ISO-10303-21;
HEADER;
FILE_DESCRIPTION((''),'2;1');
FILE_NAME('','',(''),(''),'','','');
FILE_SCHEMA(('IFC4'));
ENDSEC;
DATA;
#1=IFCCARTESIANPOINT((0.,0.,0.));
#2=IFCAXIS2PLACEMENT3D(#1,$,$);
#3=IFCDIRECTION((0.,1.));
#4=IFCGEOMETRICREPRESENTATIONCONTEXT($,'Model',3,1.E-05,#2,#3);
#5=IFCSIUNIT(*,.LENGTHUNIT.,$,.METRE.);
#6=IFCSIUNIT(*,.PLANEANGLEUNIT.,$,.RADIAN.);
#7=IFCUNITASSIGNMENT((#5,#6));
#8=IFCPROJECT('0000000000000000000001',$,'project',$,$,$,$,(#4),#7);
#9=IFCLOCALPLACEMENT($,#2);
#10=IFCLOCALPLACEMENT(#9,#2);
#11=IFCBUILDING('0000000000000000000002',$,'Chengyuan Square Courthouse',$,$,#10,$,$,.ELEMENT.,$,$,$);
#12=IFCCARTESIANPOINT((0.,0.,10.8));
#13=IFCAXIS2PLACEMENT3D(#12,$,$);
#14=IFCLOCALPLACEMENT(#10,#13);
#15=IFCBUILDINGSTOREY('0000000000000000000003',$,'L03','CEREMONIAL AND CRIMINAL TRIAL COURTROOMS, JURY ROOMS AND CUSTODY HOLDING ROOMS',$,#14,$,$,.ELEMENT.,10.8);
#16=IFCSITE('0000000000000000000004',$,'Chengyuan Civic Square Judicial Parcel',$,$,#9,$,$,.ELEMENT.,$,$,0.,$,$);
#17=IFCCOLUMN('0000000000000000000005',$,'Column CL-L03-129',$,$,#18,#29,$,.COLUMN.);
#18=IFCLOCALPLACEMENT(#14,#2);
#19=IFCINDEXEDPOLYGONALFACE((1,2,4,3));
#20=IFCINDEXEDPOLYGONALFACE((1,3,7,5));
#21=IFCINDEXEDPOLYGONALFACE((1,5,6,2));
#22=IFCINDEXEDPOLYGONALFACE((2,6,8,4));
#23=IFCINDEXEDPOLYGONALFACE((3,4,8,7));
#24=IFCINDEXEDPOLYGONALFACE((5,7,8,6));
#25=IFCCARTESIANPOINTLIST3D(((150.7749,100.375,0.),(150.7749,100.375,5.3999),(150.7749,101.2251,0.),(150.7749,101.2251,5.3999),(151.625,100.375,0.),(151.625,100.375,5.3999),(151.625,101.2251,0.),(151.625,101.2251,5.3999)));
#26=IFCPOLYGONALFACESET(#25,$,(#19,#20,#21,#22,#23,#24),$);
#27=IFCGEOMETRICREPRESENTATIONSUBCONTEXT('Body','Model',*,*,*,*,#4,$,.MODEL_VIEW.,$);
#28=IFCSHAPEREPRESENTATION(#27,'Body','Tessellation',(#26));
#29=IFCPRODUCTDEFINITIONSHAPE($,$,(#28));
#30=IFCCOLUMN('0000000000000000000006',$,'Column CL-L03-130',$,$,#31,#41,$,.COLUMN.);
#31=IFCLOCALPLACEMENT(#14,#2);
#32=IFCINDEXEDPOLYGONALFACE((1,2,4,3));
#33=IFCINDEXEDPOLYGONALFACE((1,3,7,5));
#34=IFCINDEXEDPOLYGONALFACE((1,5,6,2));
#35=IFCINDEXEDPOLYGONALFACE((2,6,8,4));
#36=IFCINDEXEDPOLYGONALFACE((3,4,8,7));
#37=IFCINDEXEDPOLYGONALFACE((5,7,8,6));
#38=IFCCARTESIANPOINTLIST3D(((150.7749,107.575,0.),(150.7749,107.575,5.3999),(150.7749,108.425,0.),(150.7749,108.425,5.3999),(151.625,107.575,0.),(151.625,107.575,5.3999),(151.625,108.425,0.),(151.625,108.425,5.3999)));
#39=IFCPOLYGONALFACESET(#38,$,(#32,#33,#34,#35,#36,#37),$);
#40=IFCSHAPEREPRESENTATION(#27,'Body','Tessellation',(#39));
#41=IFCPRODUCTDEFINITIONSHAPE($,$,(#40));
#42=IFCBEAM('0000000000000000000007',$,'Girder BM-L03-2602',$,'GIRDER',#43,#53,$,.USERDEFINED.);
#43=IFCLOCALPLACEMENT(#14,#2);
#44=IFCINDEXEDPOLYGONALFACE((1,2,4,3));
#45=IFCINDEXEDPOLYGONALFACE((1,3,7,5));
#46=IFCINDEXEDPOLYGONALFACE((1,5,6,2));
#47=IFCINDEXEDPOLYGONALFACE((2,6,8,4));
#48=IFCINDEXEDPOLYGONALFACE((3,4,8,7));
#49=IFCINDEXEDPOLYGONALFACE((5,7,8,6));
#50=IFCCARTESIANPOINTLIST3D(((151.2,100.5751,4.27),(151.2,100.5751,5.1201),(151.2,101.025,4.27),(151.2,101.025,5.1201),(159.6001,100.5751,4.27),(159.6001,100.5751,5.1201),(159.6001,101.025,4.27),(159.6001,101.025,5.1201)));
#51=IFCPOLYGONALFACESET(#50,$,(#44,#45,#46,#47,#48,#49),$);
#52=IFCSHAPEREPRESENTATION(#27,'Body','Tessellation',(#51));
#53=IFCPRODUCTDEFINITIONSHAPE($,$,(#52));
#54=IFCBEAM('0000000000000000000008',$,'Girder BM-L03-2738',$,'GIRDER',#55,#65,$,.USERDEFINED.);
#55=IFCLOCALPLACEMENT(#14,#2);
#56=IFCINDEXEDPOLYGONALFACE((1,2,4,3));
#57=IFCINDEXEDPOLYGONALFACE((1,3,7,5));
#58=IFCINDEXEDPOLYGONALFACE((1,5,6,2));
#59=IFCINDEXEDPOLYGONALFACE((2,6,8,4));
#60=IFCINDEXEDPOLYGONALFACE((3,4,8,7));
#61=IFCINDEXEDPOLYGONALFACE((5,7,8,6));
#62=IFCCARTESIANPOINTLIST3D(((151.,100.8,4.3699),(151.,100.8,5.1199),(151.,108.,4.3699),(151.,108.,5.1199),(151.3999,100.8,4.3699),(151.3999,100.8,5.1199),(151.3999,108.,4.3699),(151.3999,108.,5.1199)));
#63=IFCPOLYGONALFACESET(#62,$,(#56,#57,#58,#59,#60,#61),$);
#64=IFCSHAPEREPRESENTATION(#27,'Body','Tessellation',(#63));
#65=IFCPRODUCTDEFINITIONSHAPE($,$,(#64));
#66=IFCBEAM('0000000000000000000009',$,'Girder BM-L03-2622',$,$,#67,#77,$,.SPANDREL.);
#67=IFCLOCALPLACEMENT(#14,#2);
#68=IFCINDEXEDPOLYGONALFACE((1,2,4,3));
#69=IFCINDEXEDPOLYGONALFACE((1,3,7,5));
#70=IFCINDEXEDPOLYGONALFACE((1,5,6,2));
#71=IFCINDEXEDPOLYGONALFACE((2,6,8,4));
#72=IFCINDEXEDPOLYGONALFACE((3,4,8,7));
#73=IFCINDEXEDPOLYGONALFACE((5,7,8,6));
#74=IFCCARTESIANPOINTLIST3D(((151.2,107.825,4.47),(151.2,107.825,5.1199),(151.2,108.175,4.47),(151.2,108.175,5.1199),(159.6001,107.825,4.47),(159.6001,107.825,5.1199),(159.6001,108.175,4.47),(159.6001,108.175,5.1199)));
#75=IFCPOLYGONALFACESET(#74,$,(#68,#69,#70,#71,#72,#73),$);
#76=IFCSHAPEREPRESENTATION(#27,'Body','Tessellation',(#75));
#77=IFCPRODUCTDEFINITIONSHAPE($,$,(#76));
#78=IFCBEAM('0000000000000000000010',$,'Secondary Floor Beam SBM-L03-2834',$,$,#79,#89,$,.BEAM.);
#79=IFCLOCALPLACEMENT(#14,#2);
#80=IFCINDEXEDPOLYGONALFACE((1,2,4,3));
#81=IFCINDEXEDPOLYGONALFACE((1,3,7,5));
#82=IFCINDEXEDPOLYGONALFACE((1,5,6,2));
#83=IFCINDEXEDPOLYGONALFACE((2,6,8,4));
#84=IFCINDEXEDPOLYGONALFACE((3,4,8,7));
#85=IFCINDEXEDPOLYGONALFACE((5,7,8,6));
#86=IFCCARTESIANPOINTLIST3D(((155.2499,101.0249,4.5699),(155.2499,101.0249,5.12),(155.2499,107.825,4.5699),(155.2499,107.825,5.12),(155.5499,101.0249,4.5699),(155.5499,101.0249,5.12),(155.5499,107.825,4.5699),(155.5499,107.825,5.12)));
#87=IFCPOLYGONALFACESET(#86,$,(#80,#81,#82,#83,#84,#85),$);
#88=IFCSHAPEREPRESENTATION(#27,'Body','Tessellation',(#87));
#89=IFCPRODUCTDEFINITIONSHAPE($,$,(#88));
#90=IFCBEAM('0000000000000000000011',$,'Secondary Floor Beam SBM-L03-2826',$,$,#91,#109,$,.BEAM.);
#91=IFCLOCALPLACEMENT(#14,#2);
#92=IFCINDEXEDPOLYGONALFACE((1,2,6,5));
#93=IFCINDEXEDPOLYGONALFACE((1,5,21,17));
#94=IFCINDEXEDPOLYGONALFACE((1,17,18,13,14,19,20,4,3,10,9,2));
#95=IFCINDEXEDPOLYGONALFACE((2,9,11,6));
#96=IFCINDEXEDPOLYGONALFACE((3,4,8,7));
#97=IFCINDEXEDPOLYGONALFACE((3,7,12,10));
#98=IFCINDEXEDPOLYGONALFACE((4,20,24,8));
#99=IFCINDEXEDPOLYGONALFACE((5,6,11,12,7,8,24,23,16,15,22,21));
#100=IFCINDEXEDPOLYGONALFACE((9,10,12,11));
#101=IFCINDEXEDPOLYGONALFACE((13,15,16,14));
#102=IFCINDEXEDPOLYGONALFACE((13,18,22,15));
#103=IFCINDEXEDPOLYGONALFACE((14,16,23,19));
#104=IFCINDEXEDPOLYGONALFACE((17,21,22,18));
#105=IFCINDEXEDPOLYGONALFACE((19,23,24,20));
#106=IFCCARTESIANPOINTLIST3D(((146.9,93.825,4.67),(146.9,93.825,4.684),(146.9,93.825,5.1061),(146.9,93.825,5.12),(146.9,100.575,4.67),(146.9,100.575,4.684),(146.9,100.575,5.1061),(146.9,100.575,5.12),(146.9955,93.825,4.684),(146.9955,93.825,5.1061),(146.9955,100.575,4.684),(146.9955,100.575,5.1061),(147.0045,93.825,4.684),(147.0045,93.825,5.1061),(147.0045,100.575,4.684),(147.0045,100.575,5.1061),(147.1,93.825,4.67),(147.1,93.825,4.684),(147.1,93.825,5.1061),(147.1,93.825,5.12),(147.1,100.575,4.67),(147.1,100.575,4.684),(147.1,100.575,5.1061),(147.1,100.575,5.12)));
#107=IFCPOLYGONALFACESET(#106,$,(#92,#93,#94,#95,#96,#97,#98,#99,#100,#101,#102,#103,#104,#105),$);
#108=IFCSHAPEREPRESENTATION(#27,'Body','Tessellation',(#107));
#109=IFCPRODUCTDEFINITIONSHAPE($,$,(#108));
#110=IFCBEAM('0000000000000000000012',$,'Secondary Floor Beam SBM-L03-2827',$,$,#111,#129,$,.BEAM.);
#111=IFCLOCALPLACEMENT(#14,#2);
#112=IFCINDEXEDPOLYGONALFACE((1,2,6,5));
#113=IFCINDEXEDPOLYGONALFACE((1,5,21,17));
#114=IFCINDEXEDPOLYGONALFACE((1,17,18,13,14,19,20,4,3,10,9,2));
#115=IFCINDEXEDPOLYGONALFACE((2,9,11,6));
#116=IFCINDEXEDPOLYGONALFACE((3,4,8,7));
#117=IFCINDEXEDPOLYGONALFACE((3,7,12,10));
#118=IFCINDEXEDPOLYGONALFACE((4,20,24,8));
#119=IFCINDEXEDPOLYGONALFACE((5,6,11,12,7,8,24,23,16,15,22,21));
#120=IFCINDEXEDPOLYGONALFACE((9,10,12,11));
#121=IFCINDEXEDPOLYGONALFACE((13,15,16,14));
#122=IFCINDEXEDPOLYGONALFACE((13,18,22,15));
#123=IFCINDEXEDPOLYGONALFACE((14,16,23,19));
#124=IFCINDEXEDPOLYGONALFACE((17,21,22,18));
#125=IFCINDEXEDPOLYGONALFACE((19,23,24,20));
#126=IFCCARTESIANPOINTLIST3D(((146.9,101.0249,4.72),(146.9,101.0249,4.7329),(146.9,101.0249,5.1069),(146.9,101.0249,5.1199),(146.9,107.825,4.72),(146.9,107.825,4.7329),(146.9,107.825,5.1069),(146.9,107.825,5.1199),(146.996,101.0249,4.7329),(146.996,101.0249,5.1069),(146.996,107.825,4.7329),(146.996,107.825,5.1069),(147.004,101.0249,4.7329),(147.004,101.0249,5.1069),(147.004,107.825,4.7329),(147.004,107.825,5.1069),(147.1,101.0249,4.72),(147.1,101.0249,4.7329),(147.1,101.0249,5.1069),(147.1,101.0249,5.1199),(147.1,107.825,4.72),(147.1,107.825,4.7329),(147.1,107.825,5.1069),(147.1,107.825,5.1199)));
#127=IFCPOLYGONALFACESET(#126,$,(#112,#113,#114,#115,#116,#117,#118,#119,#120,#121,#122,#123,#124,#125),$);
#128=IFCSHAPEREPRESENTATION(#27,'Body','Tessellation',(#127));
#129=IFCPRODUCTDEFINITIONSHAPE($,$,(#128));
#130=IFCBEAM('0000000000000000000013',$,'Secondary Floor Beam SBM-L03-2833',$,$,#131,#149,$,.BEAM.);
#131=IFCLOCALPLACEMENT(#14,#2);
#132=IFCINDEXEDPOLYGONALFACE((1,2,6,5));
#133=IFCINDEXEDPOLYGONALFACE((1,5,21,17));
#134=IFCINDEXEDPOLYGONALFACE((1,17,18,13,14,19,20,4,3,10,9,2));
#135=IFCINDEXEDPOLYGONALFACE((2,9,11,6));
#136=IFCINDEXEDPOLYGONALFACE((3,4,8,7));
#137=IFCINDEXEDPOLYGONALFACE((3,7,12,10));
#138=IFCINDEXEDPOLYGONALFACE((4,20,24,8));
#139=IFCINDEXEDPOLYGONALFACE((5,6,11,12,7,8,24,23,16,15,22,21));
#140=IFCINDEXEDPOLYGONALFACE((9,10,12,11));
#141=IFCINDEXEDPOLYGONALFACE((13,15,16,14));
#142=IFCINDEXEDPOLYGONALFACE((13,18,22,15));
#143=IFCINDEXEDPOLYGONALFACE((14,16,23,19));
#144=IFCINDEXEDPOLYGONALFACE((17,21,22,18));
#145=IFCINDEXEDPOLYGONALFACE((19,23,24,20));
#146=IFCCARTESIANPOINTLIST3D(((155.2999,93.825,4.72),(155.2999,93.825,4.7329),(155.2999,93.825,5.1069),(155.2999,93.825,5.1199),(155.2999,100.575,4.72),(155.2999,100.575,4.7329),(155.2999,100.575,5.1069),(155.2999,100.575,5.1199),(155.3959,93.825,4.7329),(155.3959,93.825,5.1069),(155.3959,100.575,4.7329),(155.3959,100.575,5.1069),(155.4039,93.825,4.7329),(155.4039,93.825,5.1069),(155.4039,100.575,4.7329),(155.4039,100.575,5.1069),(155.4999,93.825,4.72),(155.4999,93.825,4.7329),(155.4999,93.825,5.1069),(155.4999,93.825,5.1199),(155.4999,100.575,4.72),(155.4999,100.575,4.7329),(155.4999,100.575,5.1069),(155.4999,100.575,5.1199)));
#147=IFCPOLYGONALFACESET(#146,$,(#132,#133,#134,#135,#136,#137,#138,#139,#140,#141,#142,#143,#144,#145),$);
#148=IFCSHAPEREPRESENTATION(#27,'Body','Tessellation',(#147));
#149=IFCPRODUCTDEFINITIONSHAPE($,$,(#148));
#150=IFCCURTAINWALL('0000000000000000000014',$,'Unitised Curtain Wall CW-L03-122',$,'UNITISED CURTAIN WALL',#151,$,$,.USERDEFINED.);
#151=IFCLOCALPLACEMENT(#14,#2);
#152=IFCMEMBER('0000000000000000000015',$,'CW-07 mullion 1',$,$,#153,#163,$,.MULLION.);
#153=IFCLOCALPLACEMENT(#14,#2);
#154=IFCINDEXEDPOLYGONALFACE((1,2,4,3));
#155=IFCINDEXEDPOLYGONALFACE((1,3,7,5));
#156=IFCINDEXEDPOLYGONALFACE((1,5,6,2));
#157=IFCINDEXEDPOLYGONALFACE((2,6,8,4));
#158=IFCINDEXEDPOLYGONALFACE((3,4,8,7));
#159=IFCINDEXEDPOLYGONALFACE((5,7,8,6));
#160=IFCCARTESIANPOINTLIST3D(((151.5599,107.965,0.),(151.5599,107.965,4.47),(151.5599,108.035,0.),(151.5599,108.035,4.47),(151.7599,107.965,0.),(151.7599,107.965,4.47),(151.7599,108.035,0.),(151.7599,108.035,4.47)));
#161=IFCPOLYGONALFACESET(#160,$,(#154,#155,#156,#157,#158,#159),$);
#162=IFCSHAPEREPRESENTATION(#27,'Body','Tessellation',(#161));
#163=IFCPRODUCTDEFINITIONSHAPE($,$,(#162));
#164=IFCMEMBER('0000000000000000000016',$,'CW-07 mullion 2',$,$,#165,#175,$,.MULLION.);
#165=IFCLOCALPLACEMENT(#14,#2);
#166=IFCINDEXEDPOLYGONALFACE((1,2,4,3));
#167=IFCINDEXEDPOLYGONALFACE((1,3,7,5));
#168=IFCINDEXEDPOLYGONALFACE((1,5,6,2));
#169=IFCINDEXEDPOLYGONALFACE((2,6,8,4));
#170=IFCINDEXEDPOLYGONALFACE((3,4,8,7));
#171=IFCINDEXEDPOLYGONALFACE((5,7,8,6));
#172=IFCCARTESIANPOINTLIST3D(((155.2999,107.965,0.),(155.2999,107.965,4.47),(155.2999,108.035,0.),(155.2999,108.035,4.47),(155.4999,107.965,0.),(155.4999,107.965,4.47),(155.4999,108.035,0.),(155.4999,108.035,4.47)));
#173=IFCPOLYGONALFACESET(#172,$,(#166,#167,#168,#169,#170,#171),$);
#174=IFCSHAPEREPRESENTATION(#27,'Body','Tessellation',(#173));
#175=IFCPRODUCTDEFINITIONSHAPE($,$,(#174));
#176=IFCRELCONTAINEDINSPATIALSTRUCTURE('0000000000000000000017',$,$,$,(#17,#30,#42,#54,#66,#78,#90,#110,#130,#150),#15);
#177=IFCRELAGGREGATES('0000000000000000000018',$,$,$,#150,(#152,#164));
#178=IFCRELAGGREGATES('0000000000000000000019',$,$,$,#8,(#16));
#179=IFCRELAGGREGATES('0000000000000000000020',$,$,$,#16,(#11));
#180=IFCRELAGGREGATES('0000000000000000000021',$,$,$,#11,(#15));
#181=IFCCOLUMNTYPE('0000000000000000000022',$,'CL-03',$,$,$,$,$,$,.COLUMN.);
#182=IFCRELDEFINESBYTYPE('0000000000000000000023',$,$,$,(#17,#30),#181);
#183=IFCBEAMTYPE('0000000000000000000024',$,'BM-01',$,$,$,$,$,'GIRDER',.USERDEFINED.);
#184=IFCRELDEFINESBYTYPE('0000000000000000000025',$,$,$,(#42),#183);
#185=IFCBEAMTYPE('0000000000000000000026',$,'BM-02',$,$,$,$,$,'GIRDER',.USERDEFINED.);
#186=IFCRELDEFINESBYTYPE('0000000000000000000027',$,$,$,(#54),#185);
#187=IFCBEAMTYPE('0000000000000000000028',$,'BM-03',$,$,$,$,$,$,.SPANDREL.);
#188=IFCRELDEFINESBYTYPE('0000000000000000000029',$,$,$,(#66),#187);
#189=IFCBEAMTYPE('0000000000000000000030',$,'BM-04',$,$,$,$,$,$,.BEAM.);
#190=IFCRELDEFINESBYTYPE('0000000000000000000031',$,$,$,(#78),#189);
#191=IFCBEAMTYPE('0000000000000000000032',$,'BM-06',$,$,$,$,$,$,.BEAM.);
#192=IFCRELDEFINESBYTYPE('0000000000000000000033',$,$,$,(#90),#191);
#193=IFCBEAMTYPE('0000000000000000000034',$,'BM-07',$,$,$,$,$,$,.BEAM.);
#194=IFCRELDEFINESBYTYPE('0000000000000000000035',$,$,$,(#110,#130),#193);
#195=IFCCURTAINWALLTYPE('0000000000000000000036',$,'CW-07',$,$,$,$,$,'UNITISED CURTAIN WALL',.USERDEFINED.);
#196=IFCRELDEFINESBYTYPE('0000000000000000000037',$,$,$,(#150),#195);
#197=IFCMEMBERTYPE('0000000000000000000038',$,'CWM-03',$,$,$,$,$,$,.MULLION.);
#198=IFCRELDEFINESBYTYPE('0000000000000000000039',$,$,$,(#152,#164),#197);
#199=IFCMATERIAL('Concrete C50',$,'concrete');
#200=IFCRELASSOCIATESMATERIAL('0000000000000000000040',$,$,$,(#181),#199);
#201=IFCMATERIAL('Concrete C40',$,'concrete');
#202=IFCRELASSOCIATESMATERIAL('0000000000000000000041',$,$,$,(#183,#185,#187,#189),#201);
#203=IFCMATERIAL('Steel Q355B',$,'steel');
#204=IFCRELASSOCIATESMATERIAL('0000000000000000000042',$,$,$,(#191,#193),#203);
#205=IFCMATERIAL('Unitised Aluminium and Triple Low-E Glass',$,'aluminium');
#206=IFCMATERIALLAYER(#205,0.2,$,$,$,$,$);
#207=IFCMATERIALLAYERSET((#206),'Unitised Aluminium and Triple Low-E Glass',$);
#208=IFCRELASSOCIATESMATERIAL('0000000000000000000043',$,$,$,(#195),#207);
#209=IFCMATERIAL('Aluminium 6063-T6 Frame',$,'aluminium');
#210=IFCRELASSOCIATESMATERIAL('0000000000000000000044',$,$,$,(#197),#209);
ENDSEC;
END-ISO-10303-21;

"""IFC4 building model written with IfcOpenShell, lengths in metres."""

from ifc_helpers import new_model, si_unit, direction, frame, origin, origin_2d, place, context, subcontext, project, spatial, rectangle, i_section, extrude, material, layer, layer_set, material_profile, profile_set, type_object, element, aggregate, save


model = new_model("IFC4")

# Units and contexts
model_context = context("Model", 3, precision=1e-05, world=origin(), true_north=direction((0.0, 1.0)))
body_context = subcontext(model_context, "Body", "Model", "MODEL_VIEW")
ifc_project = project(units=[si_unit("LENGTHUNIT", "METRE"), si_unit("PLANEANGLEUNIT", "RADIAN")], contexts=[model_context])

# Site, building, storey
site_placement = place(None, origin())
site = spatial("IfcSite", under=ifc_project, at=site_placement, Name="Chengyuan Civic Square Judicial Parcel", CompositionType="ELEMENT", RefElevation=0.0)
building_placement = place(site_placement, origin())
building = spatial("IfcBuilding", under=site, at=building_placement, Name="Chengyuan Square Courthouse", CompositionType="ELEMENT")
storey_placement = place(building_placement, frame((0.0, 0.0, 10.8)))
storey = spatial("IfcBuildingStorey", under=building, at=storey_placement, Name="L03", Description="CEREMONIAL AND CRIMINAL TRIAL COURTROOMS, JURY ROOMS AND CUSTODY HOLDING ROOMS", CompositionType="ELEMENT", Elevation=10.8)

# Columns
ifc_material_1 = material(Name="Concrete C50", Category="concrete")
ifc_material_profile_1 = material_profile(ifc_material_1, rectangle(XDim=0.8501, YDim=0.8501, at=origin_2d()), Name="RC-COL-850x850")
ifc_profile_set_1 = profile_set([ifc_material_profile_1], Name="Concrete C50")
column_type = type_object("IfcColumnType", Name="CL-03", PredefinedType="COLUMN", material=ifc_profile_set_1)
for number, where, z_axis, x_axis, name in (
    (1, (151.2, 100.8, 0.0), (0.0, 0.0, 1.0), (1.0, 0.0, 0.0), "Column CL-L03-129"),
    (2, (151.2, 108.0, 0.0), (0.0, 0.0, 1.0), (1.0, 0.0, 0.0), "Column CL-L03-130"),
):
    element("IfcColumn", number, at=place(storey_placement, frame(where, z_axis=z_axis, x_axis=x_axis)), inside=storey, type_object=column_type, Name=name, PredefinedType="COLUMN", context=body_context, shape_type="SweptSolid", body=[
        extrude(rectangle(XDim=0.8501, YDim=0.8501, at=origin_2d()), origin(), (0.0, 0.0, 1.0), 5.3999),
    ])

# Beams
ifc_material_2 = material(Name="Concrete C40", Category="concrete")
ifc_material_profile_2 = material_profile(ifc_material_2, rectangle(XDim=0.45, YDim=0.8501, at=origin_2d()), Name="RC-BM-450x850")
ifc_profile_set_2 = profile_set([ifc_material_profile_2], Name="Concrete C40")
beam_type_1 = type_object("IfcBeamType", Name="BM-01", ElementType="GIRDER", PredefinedType="USERDEFINED", material=ifc_profile_set_2)
beam_1_placement = place(storey_placement, frame((151.2, 100.8, 4.6951), z_axis=(1.0, 0.0, 0.0), x_axis=(0.0, 1.0, 0.0)))
element("IfcBeam", 3, at=beam_1_placement, inside=storey, type_object=beam_type_1, Name="Girder BM-L03-2602", ObjectType="GIRDER", PredefinedType="USERDEFINED", context=body_context, shape_type="SweptSolid", body=[
    extrude(rectangle(XDim=0.45, YDim=0.8501, at=origin_2d()), origin(), (0.0, 0.0, 1.0), 8.4001),
])
ifc_material_profile_3 = material_profile(ifc_material_2, rectangle(XDim=0.3999, YDim=0.75, at=origin_2d()), Name="RC-BM-400x750")
ifc_profile_set_3 = profile_set([ifc_material_profile_3], Name="Concrete C40")
beam_type_2 = type_object("IfcBeamType", Name="BM-02", ElementType="GIRDER", PredefinedType="USERDEFINED", material=ifc_profile_set_3)
beam_2_placement = place(storey_placement, frame((151.2, 100.8, 4.7449), z_axis=(0.0, 1.0, 0.0), x_axis=(-1.0, 0.0, 0.0)))
element("IfcBeam", 4, at=beam_2_placement, inside=storey, type_object=beam_type_2, Name="Girder BM-L03-2738", ObjectType="GIRDER", PredefinedType="USERDEFINED", context=body_context, shape_type="SweptSolid", body=[
    extrude(rectangle(XDim=0.3999, YDim=0.75, at=origin_2d()), origin(), (0.0, 0.0, 1.0), 7.2),
])
ifc_material_profile_4 = material_profile(ifc_material_2, rectangle(XDim=0.3501, YDim=0.6499, at=origin_2d()), Name="RC-BM-350x650")
ifc_profile_set_4 = profile_set([ifc_material_profile_4], Name="Concrete C40")
beam_type_3 = type_object("IfcBeamType", Name="BM-03", PredefinedType="SPANDREL", material=ifc_profile_set_4)
beam_3_placement = place(storey_placement, frame((151.2, 108.0, 4.7949), z_axis=(1.0, 0.0, 0.0), x_axis=(0.0, 1.0, 0.0)))
element("IfcBeam", 5, at=beam_3_placement, inside=storey, type_object=beam_type_3, Name="Girder BM-L03-2622", PredefinedType="SPANDREL", context=body_context, shape_type="SweptSolid", body=[
    extrude(rectangle(XDim=0.3501, YDim=0.6499, at=origin_2d()), origin(), (0.0, 0.0, 1.0), 8.4001),
])
ifc_material_profile_5 = material_profile(ifc_material_2, rectangle(XDim=0.3, YDim=0.55, at=origin_2d()), Name="RC-BM-300x550")
ifc_profile_set_5 = profile_set([ifc_material_profile_5], Name="Concrete C40")
beam_type_4 = type_object("IfcBeamType", Name="BM-04", PredefinedType="BEAM", material=ifc_profile_set_5)
beam_4_placement = place(storey_placement, frame((155.3999, 101.0249, 4.845), z_axis=(0.0, 1.0, 0.0), x_axis=(-1.0, 0.0, 0.0)))
element("IfcBeam", 6, at=beam_4_placement, inside=storey, type_object=beam_type_4, Name="Secondary Floor Beam SBM-L03-2834", PredefinedType="BEAM", context=body_context, shape_type="SweptSolid", body=[
    extrude(rectangle(XDim=0.3, YDim=0.55, at=origin_2d()), origin(), (0.0, 0.0, 1.0), 6.8),
])
ifc_material_3 = material(Name="Steel Q355B", Category="steel")
ifc_material_profile_6 = material_profile(ifc_material_3, i_section(OverallWidth=0.2, OverallDepth=0.45, WebThickness=0.009, FlangeThickness=0.0139, at=origin_2d()), Name="HN 450x200x9x14")
ifc_profile_set_6 = profile_set([ifc_material_profile_6], Name="Steel Q355B")
beam_type_5 = type_object("IfcBeamType", Name="BM-06", PredefinedType="BEAM", material=ifc_profile_set_6)
beam_5_placement = place(storey_placement, frame((147.0, 93.825, 4.895), z_axis=(0.0, 1.0, 0.0), x_axis=(-1.0, 0.0, 0.0)))
element("IfcBeam", 7, at=beam_5_placement, inside=storey, type_object=beam_type_5, Name="Secondary Floor Beam SBM-L03-2826", PredefinedType="BEAM", context=body_context, shape_type="SweptSolid", body=[
    extrude(i_section(OverallWidth=0.2, OverallDepth=0.45, WebThickness=0.009, FlangeThickness=0.0139, at=origin_2d()), origin(), (0.0, 0.0, 1.0), 6.75),
])
ifc_material_profile_7 = material_profile(ifc_material_3, i_section(OverallWidth=0.2, OverallDepth=0.3999, WebThickness=0.0081, FlangeThickness=0.0129, at=origin_2d()), Name="HN 400x200x8x13")
ifc_profile_set_7 = profile_set([ifc_material_profile_7], Name="Steel Q355B")
beam_type_6 = type_object("IfcBeamType", Name="BM-07", PredefinedType="BEAM", material=ifc_profile_set_7)
beam_6_placement = place(storey_placement, frame((147.0, 101.0249, 4.9199), z_axis=(0.0, 1.0, 0.0), x_axis=(-1.0, 0.0, 0.0)))
element("IfcBeam", 8, at=beam_6_placement, inside=storey, type_object=beam_type_6, Name="Secondary Floor Beam SBM-L03-2827", PredefinedType="BEAM", context=body_context, shape_type="SweptSolid", body=[
    extrude(i_section(OverallWidth=0.2, OverallDepth=0.3999, WebThickness=0.0081, FlangeThickness=0.0129, at=origin_2d()), origin(), (0.0, 0.0, 1.0), 6.8),
])
beam_7_placement = place(storey_placement, frame((155.3999, 93.825, 4.9199), z_axis=(0.0, 1.0, 0.0), x_axis=(-1.0, 0.0, 0.0)))
element("IfcBeam", 9, at=beam_7_placement, inside=storey, type_object=beam_type_6, Name="Secondary Floor Beam SBM-L03-2833", PredefinedType="BEAM", context=body_context, shape_type="SweptSolid", body=[
    extrude(i_section(OverallWidth=0.2, OverallDepth=0.3999, WebThickness=0.0081, FlangeThickness=0.0129, at=origin_2d()), origin(), (0.0, 0.0, 1.0), 6.75),
])

# Curtain wall, members
ifc_material_4 = material(Name="Unitised Aluminium and Triple Low-E Glass", Category="aluminium")
ifc_layer_1 = layer(ifc_material_4, 0.2)
ifc_layer_set_1 = layer_set([ifc_layer_1], Name="Unitised Aluminium and Triple Low-E Glass")
curtain_wall_type = type_object("IfcCurtainWallType", Name="CW-07", ElementType="UNITISED CURTAIN WALL", PredefinedType="USERDEFINED", material=ifc_layer_set_1)
curtain_wall_placement = place(storey_placement, origin())
curtain_wall = element("IfcCurtainWall", 10, at=curtain_wall_placement, inside=storey, type_object=curtain_wall_type, Name="Unitised Curtain Wall CW-L03-122", ObjectType="UNITISED CURTAIN WALL", PredefinedType="USERDEFINED")
ifc_material_5 = material(Name="Aluminium 6063-T6 Frame", Category="aluminium")
ifc_material_profile_8 = material_profile(ifc_material_5, rectangle(XDim=0.0701, YDim=0.2, at=origin_2d()), Name="CW-MUL-70x200")
ifc_profile_set_8 = profile_set([ifc_material_profile_8], Name="Aluminium 6063-T6 Frame")
member_type_1 = type_object("IfcMemberType", Name="CWM-03", PredefinedType="MULLION", material=ifc_profile_set_8)
member_1_placement = place(storey_placement, frame((151.6599, 108.0, 0.0), z_axis=(0.0, 0.0, 1.0), x_axis=(0.0, 1.0, 0.0)))
member_1 = element("IfcMember", 11, at=member_1_placement, type_object=member_type_1, Name="CW-07 mullion 1", PredefinedType="MULLION", context=body_context, shape_type="SweptSolid", body=[
    extrude(rectangle(XDim=0.0701, YDim=0.2, at=origin_2d()), origin(), (0.0, 0.0, 1.0), 4.47),
])
member_2_placement = place(storey_placement, frame((155.3999, 108.0, 0.0), z_axis=(0.0, 0.0, 1.0), x_axis=(0.0, 1.0, 0.0)))
member_2 = element("IfcMember", 12, at=member_2_placement, type_object=member_type_1, Name="CW-07 mullion 2", PredefinedType="MULLION", context=body_context, shape_type="SweptSolid", body=[
    extrude(rectangle(XDim=0.0701, YDim=0.2, at=origin_2d()), origin(), (0.0, 0.0, 1.0), 4.47),
])
aggregate(curtain_wall, [member_1, member_2])

save(model, "model.ifc")
